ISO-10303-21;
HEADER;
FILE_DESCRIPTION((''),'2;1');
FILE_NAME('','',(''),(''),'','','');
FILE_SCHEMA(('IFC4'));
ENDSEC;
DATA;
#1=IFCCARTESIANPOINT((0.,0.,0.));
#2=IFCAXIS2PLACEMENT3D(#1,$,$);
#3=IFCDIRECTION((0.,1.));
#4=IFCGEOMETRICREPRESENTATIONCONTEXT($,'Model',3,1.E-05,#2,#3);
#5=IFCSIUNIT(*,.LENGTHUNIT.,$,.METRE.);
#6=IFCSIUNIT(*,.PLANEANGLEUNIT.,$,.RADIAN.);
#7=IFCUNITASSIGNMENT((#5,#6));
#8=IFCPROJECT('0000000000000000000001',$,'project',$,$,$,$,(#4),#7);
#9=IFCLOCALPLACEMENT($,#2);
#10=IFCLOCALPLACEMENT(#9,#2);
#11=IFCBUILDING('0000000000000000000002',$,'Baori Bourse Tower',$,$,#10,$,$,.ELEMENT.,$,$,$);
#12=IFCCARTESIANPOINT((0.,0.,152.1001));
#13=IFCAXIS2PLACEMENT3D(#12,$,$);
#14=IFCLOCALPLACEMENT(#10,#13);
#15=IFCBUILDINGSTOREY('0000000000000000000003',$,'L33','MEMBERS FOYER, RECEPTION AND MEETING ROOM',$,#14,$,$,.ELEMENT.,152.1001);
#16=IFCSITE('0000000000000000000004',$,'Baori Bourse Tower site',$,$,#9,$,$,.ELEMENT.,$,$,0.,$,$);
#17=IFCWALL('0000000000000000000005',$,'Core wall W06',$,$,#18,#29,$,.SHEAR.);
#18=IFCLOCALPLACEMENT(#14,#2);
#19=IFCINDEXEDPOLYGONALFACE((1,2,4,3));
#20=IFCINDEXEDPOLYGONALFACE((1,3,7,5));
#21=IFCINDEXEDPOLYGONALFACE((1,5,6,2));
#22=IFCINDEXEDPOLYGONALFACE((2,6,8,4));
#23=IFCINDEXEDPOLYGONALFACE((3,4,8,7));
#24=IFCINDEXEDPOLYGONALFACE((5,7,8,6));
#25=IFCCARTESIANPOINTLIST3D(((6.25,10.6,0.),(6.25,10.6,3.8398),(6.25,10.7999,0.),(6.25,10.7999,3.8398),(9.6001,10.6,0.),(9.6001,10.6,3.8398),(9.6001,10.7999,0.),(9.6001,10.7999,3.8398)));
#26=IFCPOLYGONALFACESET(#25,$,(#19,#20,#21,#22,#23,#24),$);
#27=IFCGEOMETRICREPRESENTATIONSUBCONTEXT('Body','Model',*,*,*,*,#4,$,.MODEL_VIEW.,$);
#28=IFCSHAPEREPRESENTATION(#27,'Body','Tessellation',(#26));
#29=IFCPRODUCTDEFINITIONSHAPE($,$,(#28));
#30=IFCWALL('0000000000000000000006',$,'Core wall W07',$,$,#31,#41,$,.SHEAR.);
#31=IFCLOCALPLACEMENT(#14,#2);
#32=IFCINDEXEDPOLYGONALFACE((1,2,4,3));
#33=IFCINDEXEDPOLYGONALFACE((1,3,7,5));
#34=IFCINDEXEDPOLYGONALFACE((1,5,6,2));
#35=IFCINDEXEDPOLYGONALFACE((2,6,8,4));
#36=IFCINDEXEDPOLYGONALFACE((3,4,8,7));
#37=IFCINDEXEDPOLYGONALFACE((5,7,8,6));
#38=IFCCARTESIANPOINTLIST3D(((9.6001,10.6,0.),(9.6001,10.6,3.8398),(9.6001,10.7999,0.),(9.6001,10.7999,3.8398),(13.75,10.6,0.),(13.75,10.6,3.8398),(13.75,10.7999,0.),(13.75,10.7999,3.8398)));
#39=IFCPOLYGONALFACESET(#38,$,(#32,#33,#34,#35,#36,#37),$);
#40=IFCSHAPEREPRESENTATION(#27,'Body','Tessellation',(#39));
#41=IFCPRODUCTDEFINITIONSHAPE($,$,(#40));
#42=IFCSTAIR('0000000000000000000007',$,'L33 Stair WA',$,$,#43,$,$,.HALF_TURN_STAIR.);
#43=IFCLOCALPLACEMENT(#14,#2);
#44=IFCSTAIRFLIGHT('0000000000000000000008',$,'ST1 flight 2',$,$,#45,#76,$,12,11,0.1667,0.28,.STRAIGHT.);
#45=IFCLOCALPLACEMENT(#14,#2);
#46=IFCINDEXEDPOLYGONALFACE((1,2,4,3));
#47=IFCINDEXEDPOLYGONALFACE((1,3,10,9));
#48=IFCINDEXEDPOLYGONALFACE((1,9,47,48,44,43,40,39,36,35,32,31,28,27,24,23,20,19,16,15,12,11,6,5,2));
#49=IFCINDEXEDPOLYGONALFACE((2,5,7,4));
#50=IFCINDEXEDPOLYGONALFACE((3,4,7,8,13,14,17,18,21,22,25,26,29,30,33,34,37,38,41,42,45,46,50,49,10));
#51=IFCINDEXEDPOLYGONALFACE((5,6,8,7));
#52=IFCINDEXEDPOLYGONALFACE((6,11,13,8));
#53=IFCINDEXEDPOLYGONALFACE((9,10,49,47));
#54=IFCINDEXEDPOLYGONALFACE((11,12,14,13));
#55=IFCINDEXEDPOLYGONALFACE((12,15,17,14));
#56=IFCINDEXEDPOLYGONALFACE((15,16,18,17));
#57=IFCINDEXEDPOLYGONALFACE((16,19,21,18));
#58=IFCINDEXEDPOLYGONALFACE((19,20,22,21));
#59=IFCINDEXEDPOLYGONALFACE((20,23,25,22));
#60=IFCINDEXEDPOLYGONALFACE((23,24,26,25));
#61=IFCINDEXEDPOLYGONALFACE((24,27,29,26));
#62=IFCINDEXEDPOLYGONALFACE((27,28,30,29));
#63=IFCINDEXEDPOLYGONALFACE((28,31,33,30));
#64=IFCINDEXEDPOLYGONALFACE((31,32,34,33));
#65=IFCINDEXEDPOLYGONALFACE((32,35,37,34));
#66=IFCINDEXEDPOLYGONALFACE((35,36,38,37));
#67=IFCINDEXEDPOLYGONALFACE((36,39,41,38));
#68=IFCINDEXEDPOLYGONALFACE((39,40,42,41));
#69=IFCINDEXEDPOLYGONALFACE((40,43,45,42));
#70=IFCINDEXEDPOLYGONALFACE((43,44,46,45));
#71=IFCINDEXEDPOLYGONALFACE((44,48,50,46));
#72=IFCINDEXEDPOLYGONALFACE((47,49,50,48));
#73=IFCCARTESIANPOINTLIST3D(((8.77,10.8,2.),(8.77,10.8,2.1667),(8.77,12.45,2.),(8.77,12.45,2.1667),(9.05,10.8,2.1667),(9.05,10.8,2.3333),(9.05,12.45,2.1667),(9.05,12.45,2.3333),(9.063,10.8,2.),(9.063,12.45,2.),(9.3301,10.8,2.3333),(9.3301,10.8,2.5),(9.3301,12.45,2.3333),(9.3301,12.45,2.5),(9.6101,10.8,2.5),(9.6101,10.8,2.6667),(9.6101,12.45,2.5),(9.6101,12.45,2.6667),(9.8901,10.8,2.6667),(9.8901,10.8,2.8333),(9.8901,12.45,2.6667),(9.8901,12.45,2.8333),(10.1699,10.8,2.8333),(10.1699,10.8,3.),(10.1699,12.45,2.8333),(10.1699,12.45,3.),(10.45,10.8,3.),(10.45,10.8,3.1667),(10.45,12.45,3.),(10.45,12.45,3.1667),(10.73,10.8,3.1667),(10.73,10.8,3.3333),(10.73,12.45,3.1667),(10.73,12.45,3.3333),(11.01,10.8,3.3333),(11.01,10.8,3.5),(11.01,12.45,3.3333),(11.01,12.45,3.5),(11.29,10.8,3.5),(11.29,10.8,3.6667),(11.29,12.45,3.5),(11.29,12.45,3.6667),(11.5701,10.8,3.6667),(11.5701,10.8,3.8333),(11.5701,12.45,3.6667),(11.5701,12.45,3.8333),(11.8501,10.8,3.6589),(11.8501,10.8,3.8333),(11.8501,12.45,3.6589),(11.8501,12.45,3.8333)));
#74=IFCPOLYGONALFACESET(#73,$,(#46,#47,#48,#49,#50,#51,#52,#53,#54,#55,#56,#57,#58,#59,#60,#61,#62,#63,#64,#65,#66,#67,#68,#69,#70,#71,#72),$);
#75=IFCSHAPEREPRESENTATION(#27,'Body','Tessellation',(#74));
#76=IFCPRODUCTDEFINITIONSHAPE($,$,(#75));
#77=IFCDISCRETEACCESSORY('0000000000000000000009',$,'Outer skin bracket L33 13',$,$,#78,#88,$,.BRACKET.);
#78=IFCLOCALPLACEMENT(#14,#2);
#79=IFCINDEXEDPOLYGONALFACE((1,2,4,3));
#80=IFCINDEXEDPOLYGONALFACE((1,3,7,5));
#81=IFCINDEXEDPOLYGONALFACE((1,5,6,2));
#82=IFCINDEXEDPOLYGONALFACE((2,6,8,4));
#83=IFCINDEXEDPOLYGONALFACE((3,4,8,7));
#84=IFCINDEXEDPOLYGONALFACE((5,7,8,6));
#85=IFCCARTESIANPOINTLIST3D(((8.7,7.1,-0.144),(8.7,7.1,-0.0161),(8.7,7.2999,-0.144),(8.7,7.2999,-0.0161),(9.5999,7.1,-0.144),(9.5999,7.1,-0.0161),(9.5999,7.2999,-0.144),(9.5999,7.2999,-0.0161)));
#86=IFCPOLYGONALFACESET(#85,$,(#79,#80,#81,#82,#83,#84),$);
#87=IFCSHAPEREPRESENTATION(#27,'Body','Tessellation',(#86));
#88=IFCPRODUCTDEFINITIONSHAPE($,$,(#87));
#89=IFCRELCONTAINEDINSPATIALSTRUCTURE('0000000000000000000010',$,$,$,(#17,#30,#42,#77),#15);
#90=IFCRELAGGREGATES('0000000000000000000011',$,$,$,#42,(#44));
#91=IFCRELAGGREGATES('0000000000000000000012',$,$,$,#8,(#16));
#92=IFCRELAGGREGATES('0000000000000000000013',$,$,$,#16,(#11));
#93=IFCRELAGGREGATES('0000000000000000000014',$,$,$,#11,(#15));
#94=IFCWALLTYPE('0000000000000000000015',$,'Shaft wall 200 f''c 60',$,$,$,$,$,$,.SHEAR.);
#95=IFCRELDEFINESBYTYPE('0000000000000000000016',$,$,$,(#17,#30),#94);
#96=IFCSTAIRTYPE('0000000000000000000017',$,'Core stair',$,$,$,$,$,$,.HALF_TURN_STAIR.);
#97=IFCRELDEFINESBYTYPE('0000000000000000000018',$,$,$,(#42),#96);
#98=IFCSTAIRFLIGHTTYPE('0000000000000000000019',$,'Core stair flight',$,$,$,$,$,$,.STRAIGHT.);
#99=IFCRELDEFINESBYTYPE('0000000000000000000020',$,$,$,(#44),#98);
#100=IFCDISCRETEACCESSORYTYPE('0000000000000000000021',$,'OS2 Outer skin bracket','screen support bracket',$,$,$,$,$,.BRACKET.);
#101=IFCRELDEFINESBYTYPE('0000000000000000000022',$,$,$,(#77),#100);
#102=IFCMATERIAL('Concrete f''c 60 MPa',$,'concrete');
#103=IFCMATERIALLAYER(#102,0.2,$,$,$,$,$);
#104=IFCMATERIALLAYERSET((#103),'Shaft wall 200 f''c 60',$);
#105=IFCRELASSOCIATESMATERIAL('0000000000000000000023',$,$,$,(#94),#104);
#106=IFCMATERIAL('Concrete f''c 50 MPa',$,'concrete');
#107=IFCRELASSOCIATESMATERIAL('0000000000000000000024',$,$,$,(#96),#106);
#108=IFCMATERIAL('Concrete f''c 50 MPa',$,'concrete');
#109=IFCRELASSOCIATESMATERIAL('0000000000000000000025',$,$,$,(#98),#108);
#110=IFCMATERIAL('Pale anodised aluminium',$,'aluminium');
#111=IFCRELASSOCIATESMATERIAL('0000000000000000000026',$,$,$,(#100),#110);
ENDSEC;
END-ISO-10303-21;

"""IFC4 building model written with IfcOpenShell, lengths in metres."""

from ifc_helpers import new_model, si_unit, direction, frame, frame_2d, origin, origin_2d, place, context, subcontext, project, spatial, polyline, rectangle, outline, extrude, material, layer, layer_set, type_object, element, aggregate, save


model = new_model("IFC4")

# Units and contexts
model_context = context("Model", 3, precision=1e-05, world=origin(), true_north=direction((0.0, 1.0)))
body_context = subcontext(model_context, "Body", "Model", "MODEL_VIEW")
ifc_project = project(units=[si_unit("LENGTHUNIT", "METRE"), si_unit("PLANEANGLEUNIT", "RADIAN")], contexts=[model_context])

# Site, building, storey
site_placement = place(None, origin())
site = spatial("IfcSite", under=ifc_project, at=site_placement, Name="Baori Bourse Tower site", CompositionType="ELEMENT", RefElevation=0.0)
building_placement = place(site_placement, origin())
building = spatial("IfcBuilding", under=site, at=building_placement, Name="Baori Bourse Tower", CompositionType="ELEMENT")
storey_placement = place(building_placement, frame((0.0, 0.0, 152.1001)))
storey = spatial("IfcBuildingStorey", under=building, at=storey_placement, Name="L33", Description="MEMBERS FOYER, RECEPTION AND MEETING ROOM", CompositionType="ELEMENT", Elevation=152.1001)

# Walls
ifc_material_1 = material(Name="Concrete f'c 60 MPa", Category="concrete")
ifc_layer_1 = layer(ifc_material_1, 0.2)
ifc_layer_set_1 = layer_set([ifc_layer_1], Name="Shaft wall 200 f'c 60")
wall_type_1 = type_object("IfcWallType", Name="Shaft wall 200 f'c 60", PredefinedType="SHEAR", material=ifc_layer_set_1)
wall_1_placement = place(storey_placement, frame((6.25, 10.7, 0.0), z_axis=(0.0, 0.0, 1.0), x_axis=(1.0, 0.0, 0.0)))
element("IfcWall", 1, at=wall_1_placement, inside=storey, type_object=wall_type_1, Name="Core wall W06", PredefinedType="SHEAR", context=body_context, shape_type="SweptSolid", body=[
    extrude(rectangle(XDim=3.3501, YDim=0.2, at=frame_2d((1.675, 0.0))), origin(), (0.0, 0.0, 1.0), 3.8398),
])
wall_2_placement = place(storey_placement, frame((9.6001, 10.7, 0.0), z_axis=(0.0, 0.0, 1.0), x_axis=(1.0, 0.0, 0.0)))
element("IfcWall", 2, at=wall_2_placement, inside=storey, type_object=wall_type_1, Name="Core wall W07", PredefinedType="SHEAR", context=body_context, shape_type="SweptSolid", body=[
    extrude(rectangle(XDim=4.1499, YDim=0.2, at=frame_2d((2.075, 0.0))), origin(), (0.0, 0.0, 1.0), 3.8398),
])

# Stair, stair flight
ifc_material_2 = material(Name="Concrete f'c 50 MPa", Category="concrete")
stair_type = type_object("IfcStairType", Name="Core stair", PredefinedType="HALF_TURN_STAIR", material=ifc_material_2)
stair_placement = place(storey_placement, origin())
stair = element("IfcStair", 3, at=stair_placement, inside=storey, type_object=stair_type, Name="L33 Stair WA", PredefinedType="HALF_TURN_STAIR")
ifc_material_3 = material(Name="Concrete f'c 50 MPa", Category="concrete")
stair_flight_type = type_object("IfcStairFlightType", Name="Core stair flight", PredefinedType="STRAIGHT", material=ifc_material_3)
stair_flight_placement = place(storey_placement, frame((8.77, 11.625, 2.0), z_axis=(0.0, 0.0, 1.0), x_axis=(1.0, 0.0, 0.0)))
stair_flight = element("IfcStairFlight", 4, at=stair_flight_placement, type_object=stair_flight_type, Name="ST1 flight 2", NumberOfRisers=12, NumberOfTreads=11, PredefinedType="STRAIGHT", RiserHeight=0.1667, TreadLength=0.28, context=body_context, shape_type="SweptSolid", body=[
    extrude(outline(polyline([(0.0, 0.0), (0.0, 0.1667), (0.28, 0.1667), (0.28, 0.3333), (0.5601, 0.3333), (0.5601, 0.5), (0.8401, 0.5), (0.8401, 0.6667), (1.1201, 0.6667), (1.1201, 0.8333), (1.3999, 0.8333), (1.3999, 1.0), (1.6799, 1.0), (1.6799, 1.1667), (1.96, 1.1667), (1.96, 1.3333), (2.24, 1.3333), (2.24, 1.5), (2.52, 1.5), (2.52, 1.6667), (2.8, 1.6667), (2.8, 1.8333), (3.0801, 1.8333), (3.0801, 2.0), (3.0801, 1.6589), (0.293, 0.0), (0.0, 0.0)])), frame((0.0, 0.825, 0.0), z_axis=(0.0, -1.0, 0.0), x_axis=(1.0, 0.0, 0.0)), (0.0, 0.0, 1.0), 1.6499),
])
aggregate(stair, [stair_flight])

# Discrete accessory
ifc_material_4 = material(Name="Pale anodised aluminium", Category="aluminium")
discrete_accessory_type = type_object("IfcDiscreteAccessoryType", Name="OS2 Outer skin bracket", Description="screen support bracket", PredefinedType="BRACKET", material=ifc_material_4)
discrete_accessory_placement = place(storey_placement, frame((9.1499, 7.2, -0.144), z_axis=(0.0, 0.0, 1.0), x_axis=(0.0, -1.0, 0.0)))
element("IfcDiscreteAccessory", 5, at=discrete_accessory_placement, inside=storey, type_object=discrete_accessory_type, Name="Outer skin bracket L33 13", PredefinedType="BRACKET", context=body_context, shape_type="SweptSolid", body=[
    extrude(rectangle(XDim=0.2, YDim=0.8999, at=origin_2d()), origin(), (0.0, 0.0, 1.0), 0.1279),
])

save(model, "model.ifc")
